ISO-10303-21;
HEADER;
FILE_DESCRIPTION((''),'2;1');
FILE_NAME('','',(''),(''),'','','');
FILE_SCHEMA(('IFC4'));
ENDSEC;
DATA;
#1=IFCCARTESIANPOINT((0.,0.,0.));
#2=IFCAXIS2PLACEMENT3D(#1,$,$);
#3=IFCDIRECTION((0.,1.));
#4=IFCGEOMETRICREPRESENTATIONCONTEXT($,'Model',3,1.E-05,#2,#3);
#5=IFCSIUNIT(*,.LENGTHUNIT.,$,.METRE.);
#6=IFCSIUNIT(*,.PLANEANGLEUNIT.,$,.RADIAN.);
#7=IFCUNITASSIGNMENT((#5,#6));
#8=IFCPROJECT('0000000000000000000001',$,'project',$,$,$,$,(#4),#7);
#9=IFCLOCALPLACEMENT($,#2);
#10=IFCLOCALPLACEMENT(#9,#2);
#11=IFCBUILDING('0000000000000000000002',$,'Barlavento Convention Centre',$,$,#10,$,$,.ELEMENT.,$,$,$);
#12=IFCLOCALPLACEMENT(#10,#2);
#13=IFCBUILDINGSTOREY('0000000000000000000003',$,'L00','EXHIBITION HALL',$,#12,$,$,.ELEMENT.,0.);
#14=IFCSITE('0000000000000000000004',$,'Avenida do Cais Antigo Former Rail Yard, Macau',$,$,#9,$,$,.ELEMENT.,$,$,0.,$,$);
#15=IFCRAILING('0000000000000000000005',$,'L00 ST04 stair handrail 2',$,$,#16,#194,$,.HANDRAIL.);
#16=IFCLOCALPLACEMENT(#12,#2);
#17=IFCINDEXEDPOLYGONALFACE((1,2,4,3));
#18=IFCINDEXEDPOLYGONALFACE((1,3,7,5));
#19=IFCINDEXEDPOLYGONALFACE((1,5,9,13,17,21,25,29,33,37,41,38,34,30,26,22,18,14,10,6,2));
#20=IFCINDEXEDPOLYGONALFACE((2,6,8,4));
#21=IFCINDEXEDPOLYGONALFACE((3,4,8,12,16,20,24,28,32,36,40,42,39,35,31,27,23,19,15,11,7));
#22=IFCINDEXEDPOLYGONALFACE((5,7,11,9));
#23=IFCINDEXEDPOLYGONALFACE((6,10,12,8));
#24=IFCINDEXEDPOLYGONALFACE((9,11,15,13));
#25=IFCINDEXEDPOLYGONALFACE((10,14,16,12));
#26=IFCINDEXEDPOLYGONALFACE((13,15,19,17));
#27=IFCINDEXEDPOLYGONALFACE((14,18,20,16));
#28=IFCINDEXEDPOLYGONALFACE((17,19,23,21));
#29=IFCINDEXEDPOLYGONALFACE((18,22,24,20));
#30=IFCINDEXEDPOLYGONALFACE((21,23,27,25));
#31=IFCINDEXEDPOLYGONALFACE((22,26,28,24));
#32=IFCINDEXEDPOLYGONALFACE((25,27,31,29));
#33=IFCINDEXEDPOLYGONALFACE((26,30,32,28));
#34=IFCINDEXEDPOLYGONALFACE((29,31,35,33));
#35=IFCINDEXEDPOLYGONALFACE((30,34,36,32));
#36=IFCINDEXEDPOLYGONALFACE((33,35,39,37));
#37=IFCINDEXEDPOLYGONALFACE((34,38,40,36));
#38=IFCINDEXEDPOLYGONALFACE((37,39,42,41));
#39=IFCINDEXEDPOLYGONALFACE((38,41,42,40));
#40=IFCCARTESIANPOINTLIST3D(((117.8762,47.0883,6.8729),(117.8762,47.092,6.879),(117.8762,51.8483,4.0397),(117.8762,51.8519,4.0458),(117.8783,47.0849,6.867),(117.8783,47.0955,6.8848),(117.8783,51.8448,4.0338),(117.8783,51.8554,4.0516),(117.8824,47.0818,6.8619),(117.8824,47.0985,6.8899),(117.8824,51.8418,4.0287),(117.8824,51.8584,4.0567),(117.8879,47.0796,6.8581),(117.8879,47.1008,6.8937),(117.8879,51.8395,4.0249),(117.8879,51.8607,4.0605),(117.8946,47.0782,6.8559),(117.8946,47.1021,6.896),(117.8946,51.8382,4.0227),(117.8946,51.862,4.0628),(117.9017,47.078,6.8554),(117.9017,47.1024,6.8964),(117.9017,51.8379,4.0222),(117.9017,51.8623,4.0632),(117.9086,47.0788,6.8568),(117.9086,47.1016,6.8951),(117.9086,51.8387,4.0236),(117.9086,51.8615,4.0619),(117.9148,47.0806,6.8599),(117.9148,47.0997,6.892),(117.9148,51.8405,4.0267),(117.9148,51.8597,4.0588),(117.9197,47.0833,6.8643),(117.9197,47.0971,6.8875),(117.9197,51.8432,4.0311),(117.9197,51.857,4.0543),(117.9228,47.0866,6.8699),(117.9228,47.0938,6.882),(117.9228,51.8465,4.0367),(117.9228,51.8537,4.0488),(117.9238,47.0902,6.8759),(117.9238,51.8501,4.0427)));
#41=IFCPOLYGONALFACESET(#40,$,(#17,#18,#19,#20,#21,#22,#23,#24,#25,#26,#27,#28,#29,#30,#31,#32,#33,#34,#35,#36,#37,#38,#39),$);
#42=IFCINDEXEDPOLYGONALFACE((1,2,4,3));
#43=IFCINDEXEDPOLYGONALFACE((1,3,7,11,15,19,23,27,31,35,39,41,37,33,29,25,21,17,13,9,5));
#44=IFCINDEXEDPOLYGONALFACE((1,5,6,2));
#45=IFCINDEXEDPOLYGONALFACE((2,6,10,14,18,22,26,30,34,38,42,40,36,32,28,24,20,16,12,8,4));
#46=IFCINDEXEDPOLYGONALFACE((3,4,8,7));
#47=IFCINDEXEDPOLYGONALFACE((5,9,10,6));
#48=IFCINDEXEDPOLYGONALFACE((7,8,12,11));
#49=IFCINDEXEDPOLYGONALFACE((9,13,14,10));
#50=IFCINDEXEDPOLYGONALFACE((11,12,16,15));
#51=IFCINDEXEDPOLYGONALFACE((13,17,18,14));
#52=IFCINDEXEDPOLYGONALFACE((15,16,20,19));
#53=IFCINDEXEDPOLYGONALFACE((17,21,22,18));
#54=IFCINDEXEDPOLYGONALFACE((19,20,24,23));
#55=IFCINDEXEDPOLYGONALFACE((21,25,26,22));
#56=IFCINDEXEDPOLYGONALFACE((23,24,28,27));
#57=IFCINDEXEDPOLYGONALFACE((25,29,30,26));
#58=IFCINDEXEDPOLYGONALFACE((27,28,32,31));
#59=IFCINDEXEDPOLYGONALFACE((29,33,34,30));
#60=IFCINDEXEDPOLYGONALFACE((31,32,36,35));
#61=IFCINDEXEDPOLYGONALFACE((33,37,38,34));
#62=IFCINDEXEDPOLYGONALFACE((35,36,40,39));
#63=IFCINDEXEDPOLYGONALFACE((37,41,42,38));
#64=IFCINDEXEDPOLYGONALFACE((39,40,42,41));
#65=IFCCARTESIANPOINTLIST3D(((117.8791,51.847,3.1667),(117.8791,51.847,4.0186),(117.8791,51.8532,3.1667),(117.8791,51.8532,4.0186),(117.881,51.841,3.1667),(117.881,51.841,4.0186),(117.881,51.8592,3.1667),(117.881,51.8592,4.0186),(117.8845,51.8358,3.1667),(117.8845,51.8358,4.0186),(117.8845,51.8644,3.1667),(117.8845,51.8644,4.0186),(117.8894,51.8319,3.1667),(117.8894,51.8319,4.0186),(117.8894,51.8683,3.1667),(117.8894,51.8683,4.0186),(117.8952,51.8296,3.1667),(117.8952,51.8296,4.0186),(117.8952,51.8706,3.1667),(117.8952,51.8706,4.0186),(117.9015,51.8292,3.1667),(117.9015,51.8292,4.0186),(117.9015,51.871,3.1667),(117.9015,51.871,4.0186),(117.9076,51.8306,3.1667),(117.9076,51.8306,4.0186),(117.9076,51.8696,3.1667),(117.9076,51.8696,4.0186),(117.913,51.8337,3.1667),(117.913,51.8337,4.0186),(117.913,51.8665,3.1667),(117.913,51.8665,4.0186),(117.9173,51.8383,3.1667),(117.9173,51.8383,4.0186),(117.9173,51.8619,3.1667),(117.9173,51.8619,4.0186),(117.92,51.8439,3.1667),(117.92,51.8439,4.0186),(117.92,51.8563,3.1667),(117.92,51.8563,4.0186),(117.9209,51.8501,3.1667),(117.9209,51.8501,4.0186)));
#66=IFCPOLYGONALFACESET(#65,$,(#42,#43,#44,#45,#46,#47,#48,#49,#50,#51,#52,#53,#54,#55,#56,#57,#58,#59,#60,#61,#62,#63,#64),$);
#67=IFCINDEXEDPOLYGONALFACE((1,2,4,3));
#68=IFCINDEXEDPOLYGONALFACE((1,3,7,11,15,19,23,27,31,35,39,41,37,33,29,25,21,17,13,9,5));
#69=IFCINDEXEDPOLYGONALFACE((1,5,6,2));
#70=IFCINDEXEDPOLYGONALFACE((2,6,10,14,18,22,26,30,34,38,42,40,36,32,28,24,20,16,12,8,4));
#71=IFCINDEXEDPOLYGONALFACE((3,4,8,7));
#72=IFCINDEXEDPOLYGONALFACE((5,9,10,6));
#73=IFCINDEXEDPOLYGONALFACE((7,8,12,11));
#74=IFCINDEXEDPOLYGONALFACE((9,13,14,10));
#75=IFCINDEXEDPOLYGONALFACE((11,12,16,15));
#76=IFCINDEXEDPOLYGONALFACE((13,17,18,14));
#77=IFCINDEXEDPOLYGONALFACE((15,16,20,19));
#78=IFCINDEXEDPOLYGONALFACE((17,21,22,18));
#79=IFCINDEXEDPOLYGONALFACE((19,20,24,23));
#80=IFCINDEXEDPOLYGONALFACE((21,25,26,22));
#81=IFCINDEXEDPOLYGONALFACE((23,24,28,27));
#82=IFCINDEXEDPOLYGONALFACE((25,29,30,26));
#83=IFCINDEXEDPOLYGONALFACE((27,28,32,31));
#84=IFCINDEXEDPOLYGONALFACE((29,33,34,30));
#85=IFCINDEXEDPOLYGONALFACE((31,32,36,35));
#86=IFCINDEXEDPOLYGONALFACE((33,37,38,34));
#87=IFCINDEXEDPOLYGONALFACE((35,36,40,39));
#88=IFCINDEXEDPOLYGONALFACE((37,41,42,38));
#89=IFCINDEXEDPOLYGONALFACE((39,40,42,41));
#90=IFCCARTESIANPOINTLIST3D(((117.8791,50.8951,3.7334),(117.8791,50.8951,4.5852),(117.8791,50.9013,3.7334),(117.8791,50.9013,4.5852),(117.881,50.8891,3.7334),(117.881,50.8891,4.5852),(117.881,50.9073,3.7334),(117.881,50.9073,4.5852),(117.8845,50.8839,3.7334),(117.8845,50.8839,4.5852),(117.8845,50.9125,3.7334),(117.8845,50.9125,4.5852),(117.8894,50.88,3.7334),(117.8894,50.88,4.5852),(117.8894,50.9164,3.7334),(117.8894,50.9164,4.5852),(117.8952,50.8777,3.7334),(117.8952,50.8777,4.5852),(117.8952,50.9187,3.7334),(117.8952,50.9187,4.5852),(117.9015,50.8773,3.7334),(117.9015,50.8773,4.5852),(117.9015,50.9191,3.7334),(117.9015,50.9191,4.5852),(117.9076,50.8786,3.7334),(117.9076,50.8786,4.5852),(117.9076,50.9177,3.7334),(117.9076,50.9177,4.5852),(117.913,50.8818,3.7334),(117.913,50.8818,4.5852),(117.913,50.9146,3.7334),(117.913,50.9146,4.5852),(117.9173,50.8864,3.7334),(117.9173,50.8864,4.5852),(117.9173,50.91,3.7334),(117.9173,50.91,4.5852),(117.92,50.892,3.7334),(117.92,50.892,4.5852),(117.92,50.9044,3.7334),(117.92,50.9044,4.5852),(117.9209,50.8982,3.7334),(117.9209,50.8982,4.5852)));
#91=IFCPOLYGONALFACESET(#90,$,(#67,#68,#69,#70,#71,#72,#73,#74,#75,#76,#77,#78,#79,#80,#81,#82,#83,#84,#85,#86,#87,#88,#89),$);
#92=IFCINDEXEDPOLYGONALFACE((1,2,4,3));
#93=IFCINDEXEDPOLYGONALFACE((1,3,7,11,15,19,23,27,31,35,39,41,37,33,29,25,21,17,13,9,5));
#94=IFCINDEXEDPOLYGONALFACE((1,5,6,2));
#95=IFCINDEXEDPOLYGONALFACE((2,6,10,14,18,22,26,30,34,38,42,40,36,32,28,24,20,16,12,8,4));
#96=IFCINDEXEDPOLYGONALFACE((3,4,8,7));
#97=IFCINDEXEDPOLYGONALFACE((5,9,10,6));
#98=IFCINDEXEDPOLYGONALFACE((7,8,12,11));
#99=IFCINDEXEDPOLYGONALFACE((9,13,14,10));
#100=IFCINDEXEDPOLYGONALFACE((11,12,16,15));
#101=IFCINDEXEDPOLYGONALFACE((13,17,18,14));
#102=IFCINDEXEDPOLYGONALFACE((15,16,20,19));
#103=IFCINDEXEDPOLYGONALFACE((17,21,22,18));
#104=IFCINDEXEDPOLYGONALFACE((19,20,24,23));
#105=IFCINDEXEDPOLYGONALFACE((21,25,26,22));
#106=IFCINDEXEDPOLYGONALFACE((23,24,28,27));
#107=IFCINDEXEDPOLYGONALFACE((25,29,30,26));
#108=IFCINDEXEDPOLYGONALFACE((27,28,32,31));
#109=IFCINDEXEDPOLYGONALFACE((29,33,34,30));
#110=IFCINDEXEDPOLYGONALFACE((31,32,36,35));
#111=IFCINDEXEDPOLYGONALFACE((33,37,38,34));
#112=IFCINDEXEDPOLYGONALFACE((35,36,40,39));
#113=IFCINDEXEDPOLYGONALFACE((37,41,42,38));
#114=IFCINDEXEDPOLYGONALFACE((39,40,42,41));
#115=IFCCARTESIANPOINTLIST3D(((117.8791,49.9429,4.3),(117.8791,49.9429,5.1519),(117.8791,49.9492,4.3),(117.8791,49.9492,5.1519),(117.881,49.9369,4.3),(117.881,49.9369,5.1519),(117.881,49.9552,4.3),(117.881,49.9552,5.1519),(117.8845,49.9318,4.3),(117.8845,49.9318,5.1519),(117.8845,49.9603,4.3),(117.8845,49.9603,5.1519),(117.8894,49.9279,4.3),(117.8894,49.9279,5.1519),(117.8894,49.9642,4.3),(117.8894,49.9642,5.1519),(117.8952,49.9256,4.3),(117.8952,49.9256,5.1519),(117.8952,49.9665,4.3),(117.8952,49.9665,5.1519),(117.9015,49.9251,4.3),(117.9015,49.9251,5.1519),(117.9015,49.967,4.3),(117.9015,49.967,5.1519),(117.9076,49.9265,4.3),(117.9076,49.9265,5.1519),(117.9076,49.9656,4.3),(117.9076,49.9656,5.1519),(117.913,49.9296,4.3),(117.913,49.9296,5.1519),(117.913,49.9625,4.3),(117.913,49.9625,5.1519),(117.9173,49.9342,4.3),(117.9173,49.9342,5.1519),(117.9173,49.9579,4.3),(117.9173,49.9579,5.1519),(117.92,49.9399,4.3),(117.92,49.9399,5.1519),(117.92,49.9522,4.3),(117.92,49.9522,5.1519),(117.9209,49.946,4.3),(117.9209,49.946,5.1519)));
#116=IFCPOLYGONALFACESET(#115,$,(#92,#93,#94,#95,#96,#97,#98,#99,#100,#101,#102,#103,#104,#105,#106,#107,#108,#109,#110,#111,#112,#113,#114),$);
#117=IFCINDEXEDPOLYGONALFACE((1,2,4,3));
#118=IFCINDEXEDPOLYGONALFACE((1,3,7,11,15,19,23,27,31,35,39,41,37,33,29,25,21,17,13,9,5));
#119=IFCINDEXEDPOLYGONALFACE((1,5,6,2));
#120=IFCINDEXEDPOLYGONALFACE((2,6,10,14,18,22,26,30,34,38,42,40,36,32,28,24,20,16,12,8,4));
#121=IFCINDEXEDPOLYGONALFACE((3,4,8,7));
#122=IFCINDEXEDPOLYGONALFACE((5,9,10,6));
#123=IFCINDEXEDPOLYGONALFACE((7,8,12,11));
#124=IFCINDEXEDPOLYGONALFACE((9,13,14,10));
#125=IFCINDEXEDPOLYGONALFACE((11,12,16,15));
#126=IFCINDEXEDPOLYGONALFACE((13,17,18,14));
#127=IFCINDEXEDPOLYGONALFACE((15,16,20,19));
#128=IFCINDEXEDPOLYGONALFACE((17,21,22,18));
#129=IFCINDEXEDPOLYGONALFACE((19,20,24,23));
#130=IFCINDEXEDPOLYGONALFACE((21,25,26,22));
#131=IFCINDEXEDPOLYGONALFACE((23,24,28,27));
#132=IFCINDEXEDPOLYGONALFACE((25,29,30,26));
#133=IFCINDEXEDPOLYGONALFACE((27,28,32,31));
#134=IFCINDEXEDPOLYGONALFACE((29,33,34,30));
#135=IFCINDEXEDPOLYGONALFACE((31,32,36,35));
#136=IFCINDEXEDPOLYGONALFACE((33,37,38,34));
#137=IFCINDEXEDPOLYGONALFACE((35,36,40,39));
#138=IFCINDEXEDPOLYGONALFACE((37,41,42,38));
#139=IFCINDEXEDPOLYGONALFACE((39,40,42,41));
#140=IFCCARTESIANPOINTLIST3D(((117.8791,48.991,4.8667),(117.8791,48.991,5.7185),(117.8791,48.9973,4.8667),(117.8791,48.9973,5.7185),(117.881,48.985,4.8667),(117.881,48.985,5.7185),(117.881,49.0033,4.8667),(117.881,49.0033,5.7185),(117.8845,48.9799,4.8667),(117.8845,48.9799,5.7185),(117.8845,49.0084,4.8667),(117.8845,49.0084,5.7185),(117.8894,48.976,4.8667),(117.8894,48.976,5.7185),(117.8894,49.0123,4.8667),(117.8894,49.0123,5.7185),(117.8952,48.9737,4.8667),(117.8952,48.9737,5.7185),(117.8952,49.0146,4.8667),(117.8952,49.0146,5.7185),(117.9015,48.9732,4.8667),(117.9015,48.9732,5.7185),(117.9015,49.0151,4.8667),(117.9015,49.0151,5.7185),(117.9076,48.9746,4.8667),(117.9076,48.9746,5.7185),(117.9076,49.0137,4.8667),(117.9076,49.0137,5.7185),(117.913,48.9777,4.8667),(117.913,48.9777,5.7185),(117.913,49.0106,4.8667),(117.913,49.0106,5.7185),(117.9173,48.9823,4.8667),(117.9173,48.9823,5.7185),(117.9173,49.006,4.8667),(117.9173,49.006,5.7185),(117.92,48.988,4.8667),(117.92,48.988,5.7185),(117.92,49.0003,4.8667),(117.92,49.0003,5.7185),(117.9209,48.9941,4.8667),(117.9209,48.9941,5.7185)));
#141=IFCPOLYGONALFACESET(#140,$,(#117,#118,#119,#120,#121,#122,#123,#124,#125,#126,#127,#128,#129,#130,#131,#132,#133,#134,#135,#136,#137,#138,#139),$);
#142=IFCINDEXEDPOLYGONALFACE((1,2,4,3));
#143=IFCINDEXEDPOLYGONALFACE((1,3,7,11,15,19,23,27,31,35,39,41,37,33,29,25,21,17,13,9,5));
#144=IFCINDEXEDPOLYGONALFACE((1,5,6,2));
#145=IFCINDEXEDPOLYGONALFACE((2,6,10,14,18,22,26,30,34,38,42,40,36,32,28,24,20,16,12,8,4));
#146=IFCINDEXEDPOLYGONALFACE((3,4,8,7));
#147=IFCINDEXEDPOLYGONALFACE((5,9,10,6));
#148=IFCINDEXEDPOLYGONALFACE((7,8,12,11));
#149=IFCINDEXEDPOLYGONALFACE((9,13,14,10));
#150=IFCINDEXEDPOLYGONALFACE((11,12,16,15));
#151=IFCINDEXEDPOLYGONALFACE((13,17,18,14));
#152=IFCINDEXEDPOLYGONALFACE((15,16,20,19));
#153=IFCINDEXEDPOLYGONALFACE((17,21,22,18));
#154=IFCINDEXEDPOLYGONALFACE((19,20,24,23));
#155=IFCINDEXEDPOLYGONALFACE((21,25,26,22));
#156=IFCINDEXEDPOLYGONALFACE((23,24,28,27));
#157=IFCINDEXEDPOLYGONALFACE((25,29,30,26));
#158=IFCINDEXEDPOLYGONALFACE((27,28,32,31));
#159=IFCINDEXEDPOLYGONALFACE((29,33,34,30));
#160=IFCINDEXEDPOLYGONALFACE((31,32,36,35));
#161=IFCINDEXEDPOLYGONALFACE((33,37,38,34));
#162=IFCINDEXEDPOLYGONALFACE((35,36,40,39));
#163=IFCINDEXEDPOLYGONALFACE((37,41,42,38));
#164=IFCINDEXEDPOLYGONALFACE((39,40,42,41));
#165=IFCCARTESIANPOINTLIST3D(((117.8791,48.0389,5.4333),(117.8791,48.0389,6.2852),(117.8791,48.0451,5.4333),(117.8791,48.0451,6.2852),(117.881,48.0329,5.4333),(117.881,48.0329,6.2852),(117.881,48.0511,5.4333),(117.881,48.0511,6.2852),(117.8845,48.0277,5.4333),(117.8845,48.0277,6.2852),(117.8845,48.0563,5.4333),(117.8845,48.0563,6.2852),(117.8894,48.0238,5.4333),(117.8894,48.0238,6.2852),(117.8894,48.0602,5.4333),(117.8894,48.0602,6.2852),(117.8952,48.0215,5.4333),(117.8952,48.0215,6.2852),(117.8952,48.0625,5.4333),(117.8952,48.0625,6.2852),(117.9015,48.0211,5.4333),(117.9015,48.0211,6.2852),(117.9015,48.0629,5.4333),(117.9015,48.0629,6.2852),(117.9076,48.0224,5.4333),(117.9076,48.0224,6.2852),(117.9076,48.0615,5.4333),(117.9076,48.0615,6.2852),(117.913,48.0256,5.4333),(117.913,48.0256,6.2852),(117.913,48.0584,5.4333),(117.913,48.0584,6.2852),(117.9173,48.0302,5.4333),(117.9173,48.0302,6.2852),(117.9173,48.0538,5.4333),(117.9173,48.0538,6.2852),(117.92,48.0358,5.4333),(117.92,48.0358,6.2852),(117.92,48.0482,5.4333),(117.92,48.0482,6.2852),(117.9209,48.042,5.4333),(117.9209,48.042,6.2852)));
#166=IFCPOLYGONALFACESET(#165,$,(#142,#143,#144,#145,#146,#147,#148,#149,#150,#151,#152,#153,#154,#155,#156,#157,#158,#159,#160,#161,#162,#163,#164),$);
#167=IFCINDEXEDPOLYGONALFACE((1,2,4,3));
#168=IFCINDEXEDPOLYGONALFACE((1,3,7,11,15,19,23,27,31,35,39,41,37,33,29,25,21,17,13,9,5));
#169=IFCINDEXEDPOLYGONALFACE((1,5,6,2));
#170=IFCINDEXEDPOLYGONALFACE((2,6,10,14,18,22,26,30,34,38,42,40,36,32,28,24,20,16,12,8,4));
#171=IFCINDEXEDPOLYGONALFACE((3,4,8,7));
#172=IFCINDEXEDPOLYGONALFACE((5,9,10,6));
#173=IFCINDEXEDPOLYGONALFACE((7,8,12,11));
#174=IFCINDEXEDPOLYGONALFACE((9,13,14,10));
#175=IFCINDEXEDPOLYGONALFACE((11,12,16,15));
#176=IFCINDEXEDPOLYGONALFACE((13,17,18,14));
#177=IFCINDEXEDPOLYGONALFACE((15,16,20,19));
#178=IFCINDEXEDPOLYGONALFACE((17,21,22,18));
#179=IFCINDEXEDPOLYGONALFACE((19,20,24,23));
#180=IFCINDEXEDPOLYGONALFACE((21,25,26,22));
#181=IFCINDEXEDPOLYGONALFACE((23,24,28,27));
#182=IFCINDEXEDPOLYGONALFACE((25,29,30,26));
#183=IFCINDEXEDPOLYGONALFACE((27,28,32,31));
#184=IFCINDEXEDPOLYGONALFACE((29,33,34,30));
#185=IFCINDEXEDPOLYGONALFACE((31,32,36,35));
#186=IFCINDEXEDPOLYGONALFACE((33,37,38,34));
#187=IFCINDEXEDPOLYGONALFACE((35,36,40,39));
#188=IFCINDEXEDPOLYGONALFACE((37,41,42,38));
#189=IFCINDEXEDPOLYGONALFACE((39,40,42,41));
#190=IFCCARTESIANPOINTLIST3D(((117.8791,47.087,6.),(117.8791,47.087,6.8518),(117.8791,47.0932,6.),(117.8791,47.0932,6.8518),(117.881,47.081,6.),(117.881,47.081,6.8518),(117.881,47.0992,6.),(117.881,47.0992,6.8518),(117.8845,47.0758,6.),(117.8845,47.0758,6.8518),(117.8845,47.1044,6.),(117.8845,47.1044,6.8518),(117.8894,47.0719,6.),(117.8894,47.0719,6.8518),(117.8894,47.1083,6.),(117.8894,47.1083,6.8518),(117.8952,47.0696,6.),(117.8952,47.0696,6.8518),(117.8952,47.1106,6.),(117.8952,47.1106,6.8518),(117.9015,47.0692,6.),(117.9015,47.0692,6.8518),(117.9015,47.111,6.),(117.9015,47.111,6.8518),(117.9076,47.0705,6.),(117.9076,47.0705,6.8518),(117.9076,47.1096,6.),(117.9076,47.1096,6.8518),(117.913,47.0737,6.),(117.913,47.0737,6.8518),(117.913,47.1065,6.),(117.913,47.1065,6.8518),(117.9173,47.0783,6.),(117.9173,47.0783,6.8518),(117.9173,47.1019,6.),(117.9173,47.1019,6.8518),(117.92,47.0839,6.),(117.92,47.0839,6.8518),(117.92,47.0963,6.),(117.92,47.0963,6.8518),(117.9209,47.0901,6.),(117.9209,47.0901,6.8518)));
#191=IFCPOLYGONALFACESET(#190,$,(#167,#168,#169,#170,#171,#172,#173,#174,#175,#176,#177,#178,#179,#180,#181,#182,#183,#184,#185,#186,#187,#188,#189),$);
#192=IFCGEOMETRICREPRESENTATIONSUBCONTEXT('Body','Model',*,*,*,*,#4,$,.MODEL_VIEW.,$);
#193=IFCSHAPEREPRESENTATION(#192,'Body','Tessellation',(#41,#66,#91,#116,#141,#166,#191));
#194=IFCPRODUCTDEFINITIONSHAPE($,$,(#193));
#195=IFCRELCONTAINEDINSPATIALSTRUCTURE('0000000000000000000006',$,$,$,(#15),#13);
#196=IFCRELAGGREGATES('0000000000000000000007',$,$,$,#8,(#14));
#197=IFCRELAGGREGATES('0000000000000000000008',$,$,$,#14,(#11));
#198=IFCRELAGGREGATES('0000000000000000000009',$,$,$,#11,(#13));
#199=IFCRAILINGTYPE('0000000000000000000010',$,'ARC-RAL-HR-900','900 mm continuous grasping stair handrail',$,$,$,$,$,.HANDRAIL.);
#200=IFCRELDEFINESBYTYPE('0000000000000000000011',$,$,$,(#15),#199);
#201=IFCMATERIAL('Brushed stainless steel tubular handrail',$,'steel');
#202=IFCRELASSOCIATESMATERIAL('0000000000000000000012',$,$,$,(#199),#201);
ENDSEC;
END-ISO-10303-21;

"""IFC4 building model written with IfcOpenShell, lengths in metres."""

from ifc_helpers import new_model, si_unit, direction, frame, origin, origin_2d, place, context, subcontext, project, spatial, circle, extrude, material, type_object, element, save


model = new_model("IFC4")

# Units and contexts
model_context = context("Model", 3, precision=1e-05, world=origin(), true_north=direction((0.0, 1.0)))
body_context = subcontext(model_context, "Body", "Model", "MODEL_VIEW")
ifc_project = project(units=[si_unit("LENGTHUNIT", "METRE"), si_unit("PLANEANGLEUNIT", "RADIAN")], contexts=[model_context])

# Site, building, storey
site_placement = place(None, origin())
site = spatial("IfcSite", under=ifc_project, at=site_placement, Name="Avenida do Cais Antigo Former Rail Yard, Macau", CompositionType="ELEMENT", RefElevation=0.0)
building_placement = place(site_placement, origin())
building = spatial("IfcBuilding", under=site, at=building_placement, Name="Barlavento Convention Centre", CompositionType="ELEMENT")
storey_placement = place(building_placement, origin())
storey = spatial("IfcBuildingStorey", under=building, at=storey_placement, Name="L00", Description="EXHIBITION HALL", CompositionType="ELEMENT", Elevation=0.0)

# Railing
ifc_material_1 = material(Name="Brushed stainless steel tubular handrail", Category="steel")
railing_type_1 = type_object("IfcRailingType", Name="ARC-RAL-HR-900", Description="900 mm continuous grasping stair handrail", PredefinedType="HANDRAIL", material=ifc_material_1)
railing_1_placement = place(storey_placement, frame((117.8999, 51.8501, 3.1667)))
element("IfcRailing", 1, at=railing_1_placement, inside=storey, type_object=railing_type_1, Name="L00 ST04 stair handrail 2", PredefinedType="HANDRAIL", context=body_context, shape_type="SweptSolid", body=[
    extrude(circle(Radius=0.0239, at=origin_2d()), frame((0.0, 0.0, 0.876), z_axis=(0.0, -0.8593, 0.511472), x_axis=(1.0, 0.0, 0.0)), (0.0, 0.0, 1.0), 5.5393),
    extrude(circle(Radius=0.021, at=origin_2d()), origin(), (0.0, 0.0, 1.0), 0.8518),
    extrude(circle(Radius=0.021, at=origin_2d()), frame((0.0, -0.9519, 0.5667)), (0.0, 0.0, 1.0), 0.8518),
    extrude(circle(Radius=0.021, at=origin_2d()), frame((0.0, -1.9041, 1.1333)), (0.0, 0.0, 1.0), 0.8518),
    extrude(circle(Radius=0.021, at=origin_2d()), frame((0.0, -2.856, 1.7)), (0.0, 0.0, 1.0), 0.8518),
    extrude(circle(Radius=0.021, at=origin_2d()), frame((0.0, -3.8081, 2.2666)), (0.0, 0.0, 1.0), 0.8518),
    extrude(circle(Radius=0.021, at=origin_2d()), frame((0.0, -4.76, 2.8333)), (0.0, 0.0, 1.0), 0.8518),
])

save(model, "model.ifc")
